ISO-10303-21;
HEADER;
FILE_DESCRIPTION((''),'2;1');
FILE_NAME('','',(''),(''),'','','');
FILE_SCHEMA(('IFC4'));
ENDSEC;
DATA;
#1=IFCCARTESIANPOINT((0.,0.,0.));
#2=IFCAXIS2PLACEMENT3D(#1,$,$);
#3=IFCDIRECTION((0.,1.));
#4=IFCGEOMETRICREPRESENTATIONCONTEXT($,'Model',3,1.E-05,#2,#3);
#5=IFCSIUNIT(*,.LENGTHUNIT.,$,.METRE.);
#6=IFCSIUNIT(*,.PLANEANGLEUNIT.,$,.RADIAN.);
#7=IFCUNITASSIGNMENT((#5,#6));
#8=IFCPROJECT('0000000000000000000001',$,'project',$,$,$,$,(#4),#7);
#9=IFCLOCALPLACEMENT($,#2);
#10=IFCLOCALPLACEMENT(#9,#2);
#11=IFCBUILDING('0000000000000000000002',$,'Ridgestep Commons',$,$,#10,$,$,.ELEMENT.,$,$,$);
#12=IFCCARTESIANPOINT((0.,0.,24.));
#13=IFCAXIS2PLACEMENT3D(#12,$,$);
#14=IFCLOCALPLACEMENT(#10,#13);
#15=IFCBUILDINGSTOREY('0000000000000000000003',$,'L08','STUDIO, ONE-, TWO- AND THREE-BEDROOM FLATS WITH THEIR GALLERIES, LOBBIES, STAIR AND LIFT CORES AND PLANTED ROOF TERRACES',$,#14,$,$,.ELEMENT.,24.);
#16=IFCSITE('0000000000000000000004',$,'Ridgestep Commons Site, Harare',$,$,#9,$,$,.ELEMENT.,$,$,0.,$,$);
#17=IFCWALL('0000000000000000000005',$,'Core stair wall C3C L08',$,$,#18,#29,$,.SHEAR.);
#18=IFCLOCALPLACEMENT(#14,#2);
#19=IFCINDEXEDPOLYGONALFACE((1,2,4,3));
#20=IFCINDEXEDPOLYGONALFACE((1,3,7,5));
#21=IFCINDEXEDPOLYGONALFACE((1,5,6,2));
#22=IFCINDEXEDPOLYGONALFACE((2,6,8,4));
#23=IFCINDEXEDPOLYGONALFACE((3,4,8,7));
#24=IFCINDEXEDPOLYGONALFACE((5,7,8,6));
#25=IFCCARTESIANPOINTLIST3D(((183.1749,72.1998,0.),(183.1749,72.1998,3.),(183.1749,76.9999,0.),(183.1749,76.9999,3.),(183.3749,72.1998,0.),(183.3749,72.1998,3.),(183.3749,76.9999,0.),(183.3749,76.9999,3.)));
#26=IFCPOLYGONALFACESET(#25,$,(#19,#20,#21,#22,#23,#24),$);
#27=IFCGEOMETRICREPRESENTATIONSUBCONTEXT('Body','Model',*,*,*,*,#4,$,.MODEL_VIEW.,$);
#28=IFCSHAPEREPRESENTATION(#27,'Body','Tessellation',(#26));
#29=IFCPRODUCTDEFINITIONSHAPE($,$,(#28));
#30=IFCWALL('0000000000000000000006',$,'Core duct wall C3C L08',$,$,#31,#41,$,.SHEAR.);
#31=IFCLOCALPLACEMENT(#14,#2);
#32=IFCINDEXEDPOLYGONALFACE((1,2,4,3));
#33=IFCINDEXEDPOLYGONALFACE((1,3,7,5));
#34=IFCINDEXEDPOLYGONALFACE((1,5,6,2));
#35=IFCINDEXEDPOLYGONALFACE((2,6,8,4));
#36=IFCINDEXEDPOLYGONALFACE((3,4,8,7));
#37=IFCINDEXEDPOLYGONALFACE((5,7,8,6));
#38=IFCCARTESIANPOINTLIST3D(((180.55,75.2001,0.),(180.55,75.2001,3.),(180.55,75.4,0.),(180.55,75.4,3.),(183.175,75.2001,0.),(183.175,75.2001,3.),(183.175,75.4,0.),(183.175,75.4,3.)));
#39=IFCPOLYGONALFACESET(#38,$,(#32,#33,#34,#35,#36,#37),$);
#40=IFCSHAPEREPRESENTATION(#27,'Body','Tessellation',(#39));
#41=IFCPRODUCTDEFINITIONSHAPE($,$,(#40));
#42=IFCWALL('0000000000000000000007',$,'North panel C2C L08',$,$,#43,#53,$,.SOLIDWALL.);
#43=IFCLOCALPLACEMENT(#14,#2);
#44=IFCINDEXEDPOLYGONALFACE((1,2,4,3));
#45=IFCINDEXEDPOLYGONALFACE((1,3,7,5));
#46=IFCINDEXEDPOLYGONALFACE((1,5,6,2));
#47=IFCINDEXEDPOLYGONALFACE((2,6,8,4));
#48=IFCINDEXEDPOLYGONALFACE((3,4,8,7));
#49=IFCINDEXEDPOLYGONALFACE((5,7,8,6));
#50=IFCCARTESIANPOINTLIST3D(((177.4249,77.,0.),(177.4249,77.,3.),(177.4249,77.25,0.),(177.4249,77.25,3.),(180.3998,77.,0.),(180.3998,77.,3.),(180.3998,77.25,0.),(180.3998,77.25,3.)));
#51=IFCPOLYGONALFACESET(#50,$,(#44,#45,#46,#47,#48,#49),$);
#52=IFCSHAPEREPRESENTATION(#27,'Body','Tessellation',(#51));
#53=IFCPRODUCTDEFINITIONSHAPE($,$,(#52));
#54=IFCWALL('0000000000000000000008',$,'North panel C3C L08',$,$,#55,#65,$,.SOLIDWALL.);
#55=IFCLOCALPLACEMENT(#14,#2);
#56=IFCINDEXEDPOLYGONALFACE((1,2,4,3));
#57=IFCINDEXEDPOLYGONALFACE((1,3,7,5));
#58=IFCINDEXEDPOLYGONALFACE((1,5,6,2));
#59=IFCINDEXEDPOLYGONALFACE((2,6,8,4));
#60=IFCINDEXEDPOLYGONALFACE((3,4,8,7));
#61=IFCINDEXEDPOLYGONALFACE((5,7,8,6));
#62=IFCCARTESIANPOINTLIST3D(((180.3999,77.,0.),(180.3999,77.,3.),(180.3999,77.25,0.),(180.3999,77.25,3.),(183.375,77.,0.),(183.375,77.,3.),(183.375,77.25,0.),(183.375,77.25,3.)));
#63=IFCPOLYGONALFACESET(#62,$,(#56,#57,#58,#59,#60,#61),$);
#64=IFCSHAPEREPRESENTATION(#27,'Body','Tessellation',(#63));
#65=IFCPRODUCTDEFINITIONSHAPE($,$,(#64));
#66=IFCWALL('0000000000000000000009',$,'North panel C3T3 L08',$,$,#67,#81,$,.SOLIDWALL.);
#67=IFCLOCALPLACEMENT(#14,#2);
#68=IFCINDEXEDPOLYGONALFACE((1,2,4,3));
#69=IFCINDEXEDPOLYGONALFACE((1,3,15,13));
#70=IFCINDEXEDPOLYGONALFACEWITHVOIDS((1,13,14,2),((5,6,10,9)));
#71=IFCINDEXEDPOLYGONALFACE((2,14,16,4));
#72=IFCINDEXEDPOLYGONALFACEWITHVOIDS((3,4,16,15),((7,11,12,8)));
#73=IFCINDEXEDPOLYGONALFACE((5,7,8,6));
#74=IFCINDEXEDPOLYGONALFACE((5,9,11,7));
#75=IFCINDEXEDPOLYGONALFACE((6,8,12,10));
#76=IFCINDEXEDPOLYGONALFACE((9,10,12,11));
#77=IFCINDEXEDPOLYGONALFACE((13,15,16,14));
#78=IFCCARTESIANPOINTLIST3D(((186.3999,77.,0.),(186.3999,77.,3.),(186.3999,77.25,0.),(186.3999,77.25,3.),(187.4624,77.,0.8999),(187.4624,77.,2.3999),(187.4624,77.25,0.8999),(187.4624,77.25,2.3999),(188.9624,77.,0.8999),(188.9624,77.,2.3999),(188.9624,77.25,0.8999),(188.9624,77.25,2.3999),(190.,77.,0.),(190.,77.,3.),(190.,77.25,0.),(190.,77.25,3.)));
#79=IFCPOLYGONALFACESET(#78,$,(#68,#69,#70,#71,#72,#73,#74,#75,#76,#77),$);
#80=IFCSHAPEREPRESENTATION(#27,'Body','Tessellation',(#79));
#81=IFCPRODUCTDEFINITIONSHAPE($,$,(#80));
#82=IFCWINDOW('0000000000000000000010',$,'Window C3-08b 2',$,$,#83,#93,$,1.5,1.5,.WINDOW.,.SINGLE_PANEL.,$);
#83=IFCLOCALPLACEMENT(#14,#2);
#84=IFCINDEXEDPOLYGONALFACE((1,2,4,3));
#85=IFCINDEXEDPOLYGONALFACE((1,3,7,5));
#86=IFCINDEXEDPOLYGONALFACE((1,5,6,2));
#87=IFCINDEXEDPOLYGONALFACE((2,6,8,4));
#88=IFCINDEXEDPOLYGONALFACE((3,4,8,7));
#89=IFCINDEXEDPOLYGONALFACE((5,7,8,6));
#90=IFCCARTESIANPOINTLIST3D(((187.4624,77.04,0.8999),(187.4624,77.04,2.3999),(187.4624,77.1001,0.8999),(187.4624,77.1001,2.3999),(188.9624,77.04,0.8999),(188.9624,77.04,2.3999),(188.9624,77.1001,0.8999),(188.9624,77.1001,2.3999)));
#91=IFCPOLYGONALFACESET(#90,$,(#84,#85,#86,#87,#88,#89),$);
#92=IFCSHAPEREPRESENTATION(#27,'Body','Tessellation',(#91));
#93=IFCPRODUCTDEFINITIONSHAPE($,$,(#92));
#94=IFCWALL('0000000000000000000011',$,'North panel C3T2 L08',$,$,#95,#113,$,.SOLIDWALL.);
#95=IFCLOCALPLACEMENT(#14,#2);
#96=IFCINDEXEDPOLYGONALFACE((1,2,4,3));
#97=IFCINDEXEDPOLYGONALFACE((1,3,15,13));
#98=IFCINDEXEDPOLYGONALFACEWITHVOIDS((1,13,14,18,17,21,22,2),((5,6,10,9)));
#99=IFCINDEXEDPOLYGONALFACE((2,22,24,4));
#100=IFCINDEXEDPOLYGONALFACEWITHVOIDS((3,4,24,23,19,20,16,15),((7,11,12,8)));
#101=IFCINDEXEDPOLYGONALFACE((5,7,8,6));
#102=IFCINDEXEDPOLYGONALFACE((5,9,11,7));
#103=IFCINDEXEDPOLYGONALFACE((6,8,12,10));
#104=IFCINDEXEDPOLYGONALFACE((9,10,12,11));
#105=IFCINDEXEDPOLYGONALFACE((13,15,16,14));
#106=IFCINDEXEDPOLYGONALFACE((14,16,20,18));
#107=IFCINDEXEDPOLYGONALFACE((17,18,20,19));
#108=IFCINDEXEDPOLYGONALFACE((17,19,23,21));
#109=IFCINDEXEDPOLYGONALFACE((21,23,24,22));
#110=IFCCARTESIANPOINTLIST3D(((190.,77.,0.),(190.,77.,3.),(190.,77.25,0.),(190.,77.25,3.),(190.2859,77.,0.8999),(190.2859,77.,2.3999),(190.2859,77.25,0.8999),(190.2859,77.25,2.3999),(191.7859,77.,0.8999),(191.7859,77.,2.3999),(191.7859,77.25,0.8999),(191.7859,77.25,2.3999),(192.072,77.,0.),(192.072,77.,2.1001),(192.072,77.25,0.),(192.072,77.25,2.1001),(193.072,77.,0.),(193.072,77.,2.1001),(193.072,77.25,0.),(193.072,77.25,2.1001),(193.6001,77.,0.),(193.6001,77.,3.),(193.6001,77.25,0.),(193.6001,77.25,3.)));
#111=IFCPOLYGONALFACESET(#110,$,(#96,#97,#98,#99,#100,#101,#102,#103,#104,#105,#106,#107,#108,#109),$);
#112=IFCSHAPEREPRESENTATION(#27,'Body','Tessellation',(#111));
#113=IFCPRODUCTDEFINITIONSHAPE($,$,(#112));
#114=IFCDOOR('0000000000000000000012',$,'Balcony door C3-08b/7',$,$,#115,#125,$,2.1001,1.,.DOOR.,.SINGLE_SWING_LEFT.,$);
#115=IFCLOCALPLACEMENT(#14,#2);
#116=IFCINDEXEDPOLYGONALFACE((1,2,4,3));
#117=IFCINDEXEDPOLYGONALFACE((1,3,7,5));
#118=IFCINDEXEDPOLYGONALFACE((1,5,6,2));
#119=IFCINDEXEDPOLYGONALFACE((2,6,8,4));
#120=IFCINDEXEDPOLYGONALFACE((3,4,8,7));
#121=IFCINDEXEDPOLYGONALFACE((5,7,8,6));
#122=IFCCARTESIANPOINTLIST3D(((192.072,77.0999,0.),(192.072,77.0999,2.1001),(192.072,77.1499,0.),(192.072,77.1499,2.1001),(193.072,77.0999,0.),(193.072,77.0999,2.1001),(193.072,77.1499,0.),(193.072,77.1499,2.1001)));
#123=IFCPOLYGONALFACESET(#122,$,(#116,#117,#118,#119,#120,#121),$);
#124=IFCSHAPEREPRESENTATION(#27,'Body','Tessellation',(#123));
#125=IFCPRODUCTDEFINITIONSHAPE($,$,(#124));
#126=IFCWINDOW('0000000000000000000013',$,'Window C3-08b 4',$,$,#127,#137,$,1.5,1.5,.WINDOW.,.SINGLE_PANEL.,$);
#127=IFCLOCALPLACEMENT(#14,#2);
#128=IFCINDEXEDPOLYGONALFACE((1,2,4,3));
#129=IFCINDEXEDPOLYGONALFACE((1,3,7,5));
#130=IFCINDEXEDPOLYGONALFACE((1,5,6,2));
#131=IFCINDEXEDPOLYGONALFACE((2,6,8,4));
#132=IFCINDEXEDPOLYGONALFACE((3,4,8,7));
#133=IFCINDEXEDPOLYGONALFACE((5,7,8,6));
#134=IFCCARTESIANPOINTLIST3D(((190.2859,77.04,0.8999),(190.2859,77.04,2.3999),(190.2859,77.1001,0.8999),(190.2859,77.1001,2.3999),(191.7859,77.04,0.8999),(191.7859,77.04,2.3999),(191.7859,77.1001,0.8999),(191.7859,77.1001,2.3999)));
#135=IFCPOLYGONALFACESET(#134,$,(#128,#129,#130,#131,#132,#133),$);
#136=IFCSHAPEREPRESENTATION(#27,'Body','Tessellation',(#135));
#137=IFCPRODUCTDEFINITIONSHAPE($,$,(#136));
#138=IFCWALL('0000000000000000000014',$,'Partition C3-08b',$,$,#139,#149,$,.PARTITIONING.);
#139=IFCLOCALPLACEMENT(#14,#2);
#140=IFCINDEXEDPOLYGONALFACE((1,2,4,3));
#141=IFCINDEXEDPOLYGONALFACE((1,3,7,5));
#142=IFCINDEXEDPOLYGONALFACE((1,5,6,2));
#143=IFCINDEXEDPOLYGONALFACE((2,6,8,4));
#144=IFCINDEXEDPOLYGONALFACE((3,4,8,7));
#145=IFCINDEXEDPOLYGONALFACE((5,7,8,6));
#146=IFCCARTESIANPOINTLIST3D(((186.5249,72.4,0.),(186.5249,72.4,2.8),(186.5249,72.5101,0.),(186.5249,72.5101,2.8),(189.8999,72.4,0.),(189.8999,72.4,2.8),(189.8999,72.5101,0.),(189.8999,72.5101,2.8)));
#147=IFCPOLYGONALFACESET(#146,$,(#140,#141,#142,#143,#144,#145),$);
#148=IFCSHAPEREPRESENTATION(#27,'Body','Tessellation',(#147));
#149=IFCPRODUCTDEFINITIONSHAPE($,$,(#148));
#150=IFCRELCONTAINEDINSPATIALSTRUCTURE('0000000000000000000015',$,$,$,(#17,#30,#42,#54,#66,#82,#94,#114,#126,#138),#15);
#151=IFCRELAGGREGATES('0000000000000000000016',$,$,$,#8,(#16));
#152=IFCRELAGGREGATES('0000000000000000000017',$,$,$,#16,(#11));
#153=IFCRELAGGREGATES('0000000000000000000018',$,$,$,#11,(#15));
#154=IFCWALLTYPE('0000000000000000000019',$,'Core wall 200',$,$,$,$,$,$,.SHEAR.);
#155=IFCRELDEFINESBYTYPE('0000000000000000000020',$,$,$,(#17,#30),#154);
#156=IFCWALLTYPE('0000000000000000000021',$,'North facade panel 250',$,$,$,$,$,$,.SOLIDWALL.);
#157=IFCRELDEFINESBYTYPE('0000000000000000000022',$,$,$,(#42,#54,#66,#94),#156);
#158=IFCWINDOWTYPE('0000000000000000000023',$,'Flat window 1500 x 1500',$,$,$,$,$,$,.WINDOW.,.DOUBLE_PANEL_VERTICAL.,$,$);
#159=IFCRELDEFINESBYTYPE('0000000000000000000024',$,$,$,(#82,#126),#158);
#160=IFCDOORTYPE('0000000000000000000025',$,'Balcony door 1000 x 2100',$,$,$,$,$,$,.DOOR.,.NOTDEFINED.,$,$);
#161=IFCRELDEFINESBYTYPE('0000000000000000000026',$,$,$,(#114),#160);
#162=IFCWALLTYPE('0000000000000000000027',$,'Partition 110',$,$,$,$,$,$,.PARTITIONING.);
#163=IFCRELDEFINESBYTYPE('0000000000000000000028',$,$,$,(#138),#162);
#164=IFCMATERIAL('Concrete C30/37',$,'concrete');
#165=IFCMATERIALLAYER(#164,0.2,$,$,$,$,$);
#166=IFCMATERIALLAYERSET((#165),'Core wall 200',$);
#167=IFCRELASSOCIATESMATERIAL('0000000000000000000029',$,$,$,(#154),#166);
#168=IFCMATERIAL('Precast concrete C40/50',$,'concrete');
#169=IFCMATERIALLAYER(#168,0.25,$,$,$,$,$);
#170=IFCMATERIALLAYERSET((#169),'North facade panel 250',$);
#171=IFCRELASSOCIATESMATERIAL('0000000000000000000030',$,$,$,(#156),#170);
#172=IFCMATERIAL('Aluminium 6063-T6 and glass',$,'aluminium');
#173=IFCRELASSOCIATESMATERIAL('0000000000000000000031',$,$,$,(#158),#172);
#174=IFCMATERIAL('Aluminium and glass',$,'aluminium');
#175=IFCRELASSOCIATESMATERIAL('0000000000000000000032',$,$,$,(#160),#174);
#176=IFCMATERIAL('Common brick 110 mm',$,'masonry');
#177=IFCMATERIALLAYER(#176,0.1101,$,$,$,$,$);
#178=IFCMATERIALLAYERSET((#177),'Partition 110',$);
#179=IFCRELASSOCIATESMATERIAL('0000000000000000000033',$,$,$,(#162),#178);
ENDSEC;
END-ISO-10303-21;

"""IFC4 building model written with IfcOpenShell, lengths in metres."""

from ifc_helpers import new_model, si_unit, direction, frame, frame_2d, origin, place, context, subcontext, project, spatial, rectangle, extrude, material, layer, layer_set, type_object, element, fill, save


model = new_model("IFC4")

# Units and contexts
model_context = context("Model", 3, precision=1e-05, world=origin(), true_north=direction((0.0, 1.0)))
body_context = subcontext(model_context, "Body", "Model", "MODEL_VIEW")
ifc_project = project(units=[si_unit("LENGTHUNIT", "METRE"), si_unit("PLANEANGLEUNIT", "RADIAN")], contexts=[model_context])

# Site, building, storey
site_placement = place(None, origin())
site = spatial("IfcSite", under=ifc_project, at=site_placement, Name="Ridgestep Commons Site, Harare", CompositionType="ELEMENT", RefElevation=0.0)
building_placement = place(site_placement, origin())
building = spatial("IfcBuilding", under=site, at=building_placement, Name="Ridgestep Commons", CompositionType="ELEMENT")
storey_placement = place(building_placement, frame((0.0, 0.0, 24.0)))
storey = spatial("IfcBuildingStorey", under=building, at=storey_placement, Name="L08", Description="STUDIO, ONE-, TWO- AND THREE-BEDROOM FLATS WITH THEIR GALLERIES, LOBBIES, STAIR AND LIFT CORES AND PLANTED ROOF TERRACES", CompositionType="ELEMENT", Elevation=24.0)

# Walls
ifc_material_1 = material(Name="Concrete C30/37", Category="concrete")
ifc_layer_1 = layer(ifc_material_1, 0.2)
ifc_layer_set_1 = layer_set([ifc_layer_1], Name="Core wall 200")
wall_type_1 = type_object("IfcWallType", Name="Core wall 200", PredefinedType="SHEAR", material=ifc_layer_set_1)
wall_1_placement = place(storey_placement, frame((183.2749, 72.2, 0.0), z_axis=(0.0, 0.0, 1.0), x_axis=(0.0, 1.0, 0.0)))
element("IfcWall", 1, at=wall_1_placement, inside=storey, type_object=wall_type_1, Name="Core stair wall C3C L08", PredefinedType="SHEAR", context=body_context, shape_type="SweptSolid", body=[
    extrude(rectangle(XDim=4.8, YDim=0.2, at=frame_2d((2.3999, 0.0))), origin(), (0.0, 0.0, 1.0), 3.0),
])
wall_2_placement = place(storey_placement, frame((180.55, 75.3, 0.0), z_axis=(0.0, 0.0, 1.0), x_axis=(1.0, 0.0, 0.0)))
element("IfcWall", 2, at=wall_2_placement, inside=storey, type_object=wall_type_1, Name="Core duct wall C3C L08", PredefinedType="SHEAR", context=body_context, shape_type="SweptSolid", body=[
    extrude(rectangle(XDim=2.625, YDim=0.2, at=frame_2d((1.3125, 0.0))), origin(), (0.0, 0.0, 1.0), 3.0),
])
ifc_material_2 = material(Name="Precast concrete C40/50", Category="concrete")
ifc_layer_2 = layer(ifc_material_2, 0.25)
ifc_layer_set_2 = layer_set([ifc_layer_2], Name="North facade panel 250")
wall_type_2 = type_object("IfcWallType", Name="North facade panel 250", PredefinedType="SOLIDWALL", material=ifc_layer_set_2)
wall_3_placement = place(storey_placement, frame((177.425, 77.125, 0.0), z_axis=(0.0, 0.0, 1.0), x_axis=(1.0, 0.0, 0.0)))
element("IfcWall", 3, at=wall_3_placement, inside=storey, type_object=wall_type_2, Name="North panel C2C L08", PredefinedType="SOLIDWALL", context=body_context, shape_type="SweptSolid", body=[
    extrude(rectangle(XDim=2.9749, YDim=0.25, at=frame_2d((1.4873, 0.0))), origin(), (0.0, 0.0, 1.0), 3.0),
])
wall_4_placement = place(storey_placement, frame((180.3999, 77.125, 0.0), z_axis=(0.0, 0.0, 1.0), x_axis=(1.0, 0.0, 0.0)))
element("IfcWall", 4, at=wall_4_placement, inside=storey, type_object=wall_type_2, Name="North panel C3C L08", PredefinedType="SOLIDWALL", context=body_context, shape_type="SweptSolid", body=[
    extrude(rectangle(XDim=2.9751, YDim=0.25, at=frame_2d((1.4875, 0.0))), origin(), (0.0, 0.0, 1.0), 3.0),
])

# Wall, opening, window
wall_5_placement = place(storey_placement, frame((186.3999, 77.125, 0.0), z_axis=(0.0, 0.0, 1.0), x_axis=(1.0, 0.0, 0.0)))
wall_5 = element("IfcWall", 5, at=wall_5_placement, inside=storey, type_object=wall_type_2, Name="North panel C3T3 L08", PredefinedType="SOLIDWALL", context=body_context, shape_type="SweptSolid", body=[
    extrude(rectangle(XDim=3.6001, YDim=0.25, at=frame_2d((1.8, 0.0))), origin(), (0.0, 0.0, 1.0), 3.0),
])
opening_1_placement = place(wall_5_placement, frame((1.0625, 0.0, 0.8999)))
opening_1 = element("IfcOpeningElement", 6, at=opening_1_placement, cuts=wall_5, PredefinedType="OPENING", context=body_context, shape_type="SweptSolid", body=[
    extrude(rectangle(XDim=1.5, YDim=1.5, at=frame_2d((0.75, 0.75))), frame((0.0, 0.135, 0.0), z_axis=(0.0, -1.0, 0.0), x_axis=(1.0, 0.0, 0.0)), (0.0, 0.0, 1.0), 0.27),
])
ifc_material_3 = material(Name="Aluminium 6063-T6 and glass", Category="aluminium")
window_type = type_object("IfcWindowType", Name="Flat window 1500 x 1500", PartitioningType="DOUBLE_PANEL_VERTICAL", PredefinedType="WINDOW", material=ifc_material_3)
window_1_placement = place(opening_1_placement, origin())
window_1 = element("IfcWindow", 7, at=window_1_placement, inside=storey, type_object=window_type, Name="Window C3-08b 2", OverallHeight=1.5, OverallWidth=1.5, PartitioningType="SINGLE_PANEL", PredefinedType="WINDOW", context=body_context, shape_type="SweptSolid", body=[
    extrude(rectangle(XDim=1.5, YDim=1.5, at=frame_2d((0.75, 0.75))), frame((0.0, -0.0249, 0.0), z_axis=(0.0, -1.0, 0.0), x_axis=(1.0, 0.0, 0.0)), (0.0, 0.0, 1.0), 0.0601),
])
fill(opening_1, window_1)

# Wall, openings, door, window
wall_6_placement = place(storey_placement, frame((190.0, 77.125, 0.0), z_axis=(0.0, 0.0, 1.0), x_axis=(1.0, 0.0, 0.0)))
wall_6 = element("IfcWall", 8, at=wall_6_placement, inside=storey, type_object=wall_type_2, Name="North panel C3T2 L08", PredefinedType="SOLIDWALL", context=body_context, shape_type="SweptSolid", body=[
    extrude(rectangle(XDim=3.6001, YDim=0.25, at=frame_2d((1.8, 0.0))), origin(), (0.0, 0.0, 1.0), 3.0),
])
opening_2_placement = place(wall_6_placement, frame((0.2859, 0.0, 0.8999)))
opening_2 = element("IfcOpeningElement", 9, at=opening_2_placement, cuts=wall_6, PredefinedType="OPENING", context=body_context, shape_type="SweptSolid", body=[
    extrude(rectangle(XDim=1.5, YDim=1.5, at=frame_2d((0.75, 0.75))), frame((0.0, 0.135, 0.0), z_axis=(0.0, -1.0, 0.0), x_axis=(1.0, 0.0, 0.0)), (0.0, 0.0, 1.0), 0.27),
])
opening_3_placement = place(wall_6_placement, frame((2.072, 0.0, 0.0)))
opening_3 = element("IfcOpeningElement", 10, at=opening_3_placement, cuts=wall_6, PredefinedType="OPENING", context=body_context, shape_type="SweptSolid", body=[
    extrude(rectangle(XDim=1.0, YDim=2.1001, at=frame_2d((0.5, 1.05))), frame((0.0, 0.135, 0.0), z_axis=(0.0, -1.0, 0.0), x_axis=(1.0, 0.0, 0.0)), (0.0, 0.0, 1.0), 0.27),
])
ifc_material_4 = material(Name="Aluminium and glass", Category="aluminium")
door_type = type_object("IfcDoorType", Name="Balcony door 1000 x 2100", OperationType="NOTDEFINED", PredefinedType="DOOR", material=ifc_material_4)
door_placement = place(opening_3_placement, origin())
door = element("IfcDoor", 11, at=door_placement, inside=storey, type_object=door_type, Name="Balcony door C3-08b/7", OperationType="SINGLE_SWING_LEFT", OverallHeight=2.1001, OverallWidth=1.0, PredefinedType="DOOR", context=body_context, shape_type="SweptSolid", body=[
    extrude(rectangle(XDim=1.0, YDim=2.1001, at=frame_2d((0.5, 1.05))), frame((0.0, 0.0249, 0.0), z_axis=(0.0, -1.0, 0.0), x_axis=(1.0, 0.0, 0.0)), (0.0, 0.0, 1.0), 0.05),
])
fill(opening_3, door)
window_2_placement = place(opening_2_placement, origin())
window_2 = element("IfcWindow", 12, at=window_2_placement, inside=storey, type_object=window_type, Name="Window C3-08b 4", OverallHeight=1.5, OverallWidth=1.5, PartitioningType="SINGLE_PANEL", PredefinedType="WINDOW", context=body_context, shape_type="SweptSolid", body=[
    extrude(rectangle(XDim=1.5, YDim=1.5, at=frame_2d((0.75, 0.75))), frame((0.0, -0.0249, 0.0), z_axis=(0.0, -1.0, 0.0), x_axis=(1.0, 0.0, 0.0)), (0.0, 0.0, 1.0), 0.0601),
])
fill(opening_2, window_2)

# Wall
ifc_material_5 = material(Name="Common brick 110 mm", Category="masonry")
ifc_layer_3 = layer(ifc_material_5, 0.1101)
ifc_layer_set_3 = layer_set([ifc_layer_3], Name="Partition 110")
wall_type_3 = type_object("IfcWallType", Name="Partition 110", PredefinedType="PARTITIONING", material=ifc_layer_set_3)
wall_7_placement = place(storey_placement, frame((186.5249, 72.4551, 0.0), z_axis=(0.0, 0.0, 1.0), x_axis=(1.0, 0.0, 0.0)))
element("IfcWall", 13, at=wall_7_placement, inside=storey, type_object=wall_type_3, Name="Partition C3-08b", PredefinedType="PARTITIONING", context=body_context, shape_type="SweptSolid", body=[
    extrude(rectangle(XDim=3.375, YDim=0.1101, at=frame_2d((1.6875, 0.0))), origin(), (0.0, 0.0, 1.0), 2.8),
])

save(model, "model.ifc")
